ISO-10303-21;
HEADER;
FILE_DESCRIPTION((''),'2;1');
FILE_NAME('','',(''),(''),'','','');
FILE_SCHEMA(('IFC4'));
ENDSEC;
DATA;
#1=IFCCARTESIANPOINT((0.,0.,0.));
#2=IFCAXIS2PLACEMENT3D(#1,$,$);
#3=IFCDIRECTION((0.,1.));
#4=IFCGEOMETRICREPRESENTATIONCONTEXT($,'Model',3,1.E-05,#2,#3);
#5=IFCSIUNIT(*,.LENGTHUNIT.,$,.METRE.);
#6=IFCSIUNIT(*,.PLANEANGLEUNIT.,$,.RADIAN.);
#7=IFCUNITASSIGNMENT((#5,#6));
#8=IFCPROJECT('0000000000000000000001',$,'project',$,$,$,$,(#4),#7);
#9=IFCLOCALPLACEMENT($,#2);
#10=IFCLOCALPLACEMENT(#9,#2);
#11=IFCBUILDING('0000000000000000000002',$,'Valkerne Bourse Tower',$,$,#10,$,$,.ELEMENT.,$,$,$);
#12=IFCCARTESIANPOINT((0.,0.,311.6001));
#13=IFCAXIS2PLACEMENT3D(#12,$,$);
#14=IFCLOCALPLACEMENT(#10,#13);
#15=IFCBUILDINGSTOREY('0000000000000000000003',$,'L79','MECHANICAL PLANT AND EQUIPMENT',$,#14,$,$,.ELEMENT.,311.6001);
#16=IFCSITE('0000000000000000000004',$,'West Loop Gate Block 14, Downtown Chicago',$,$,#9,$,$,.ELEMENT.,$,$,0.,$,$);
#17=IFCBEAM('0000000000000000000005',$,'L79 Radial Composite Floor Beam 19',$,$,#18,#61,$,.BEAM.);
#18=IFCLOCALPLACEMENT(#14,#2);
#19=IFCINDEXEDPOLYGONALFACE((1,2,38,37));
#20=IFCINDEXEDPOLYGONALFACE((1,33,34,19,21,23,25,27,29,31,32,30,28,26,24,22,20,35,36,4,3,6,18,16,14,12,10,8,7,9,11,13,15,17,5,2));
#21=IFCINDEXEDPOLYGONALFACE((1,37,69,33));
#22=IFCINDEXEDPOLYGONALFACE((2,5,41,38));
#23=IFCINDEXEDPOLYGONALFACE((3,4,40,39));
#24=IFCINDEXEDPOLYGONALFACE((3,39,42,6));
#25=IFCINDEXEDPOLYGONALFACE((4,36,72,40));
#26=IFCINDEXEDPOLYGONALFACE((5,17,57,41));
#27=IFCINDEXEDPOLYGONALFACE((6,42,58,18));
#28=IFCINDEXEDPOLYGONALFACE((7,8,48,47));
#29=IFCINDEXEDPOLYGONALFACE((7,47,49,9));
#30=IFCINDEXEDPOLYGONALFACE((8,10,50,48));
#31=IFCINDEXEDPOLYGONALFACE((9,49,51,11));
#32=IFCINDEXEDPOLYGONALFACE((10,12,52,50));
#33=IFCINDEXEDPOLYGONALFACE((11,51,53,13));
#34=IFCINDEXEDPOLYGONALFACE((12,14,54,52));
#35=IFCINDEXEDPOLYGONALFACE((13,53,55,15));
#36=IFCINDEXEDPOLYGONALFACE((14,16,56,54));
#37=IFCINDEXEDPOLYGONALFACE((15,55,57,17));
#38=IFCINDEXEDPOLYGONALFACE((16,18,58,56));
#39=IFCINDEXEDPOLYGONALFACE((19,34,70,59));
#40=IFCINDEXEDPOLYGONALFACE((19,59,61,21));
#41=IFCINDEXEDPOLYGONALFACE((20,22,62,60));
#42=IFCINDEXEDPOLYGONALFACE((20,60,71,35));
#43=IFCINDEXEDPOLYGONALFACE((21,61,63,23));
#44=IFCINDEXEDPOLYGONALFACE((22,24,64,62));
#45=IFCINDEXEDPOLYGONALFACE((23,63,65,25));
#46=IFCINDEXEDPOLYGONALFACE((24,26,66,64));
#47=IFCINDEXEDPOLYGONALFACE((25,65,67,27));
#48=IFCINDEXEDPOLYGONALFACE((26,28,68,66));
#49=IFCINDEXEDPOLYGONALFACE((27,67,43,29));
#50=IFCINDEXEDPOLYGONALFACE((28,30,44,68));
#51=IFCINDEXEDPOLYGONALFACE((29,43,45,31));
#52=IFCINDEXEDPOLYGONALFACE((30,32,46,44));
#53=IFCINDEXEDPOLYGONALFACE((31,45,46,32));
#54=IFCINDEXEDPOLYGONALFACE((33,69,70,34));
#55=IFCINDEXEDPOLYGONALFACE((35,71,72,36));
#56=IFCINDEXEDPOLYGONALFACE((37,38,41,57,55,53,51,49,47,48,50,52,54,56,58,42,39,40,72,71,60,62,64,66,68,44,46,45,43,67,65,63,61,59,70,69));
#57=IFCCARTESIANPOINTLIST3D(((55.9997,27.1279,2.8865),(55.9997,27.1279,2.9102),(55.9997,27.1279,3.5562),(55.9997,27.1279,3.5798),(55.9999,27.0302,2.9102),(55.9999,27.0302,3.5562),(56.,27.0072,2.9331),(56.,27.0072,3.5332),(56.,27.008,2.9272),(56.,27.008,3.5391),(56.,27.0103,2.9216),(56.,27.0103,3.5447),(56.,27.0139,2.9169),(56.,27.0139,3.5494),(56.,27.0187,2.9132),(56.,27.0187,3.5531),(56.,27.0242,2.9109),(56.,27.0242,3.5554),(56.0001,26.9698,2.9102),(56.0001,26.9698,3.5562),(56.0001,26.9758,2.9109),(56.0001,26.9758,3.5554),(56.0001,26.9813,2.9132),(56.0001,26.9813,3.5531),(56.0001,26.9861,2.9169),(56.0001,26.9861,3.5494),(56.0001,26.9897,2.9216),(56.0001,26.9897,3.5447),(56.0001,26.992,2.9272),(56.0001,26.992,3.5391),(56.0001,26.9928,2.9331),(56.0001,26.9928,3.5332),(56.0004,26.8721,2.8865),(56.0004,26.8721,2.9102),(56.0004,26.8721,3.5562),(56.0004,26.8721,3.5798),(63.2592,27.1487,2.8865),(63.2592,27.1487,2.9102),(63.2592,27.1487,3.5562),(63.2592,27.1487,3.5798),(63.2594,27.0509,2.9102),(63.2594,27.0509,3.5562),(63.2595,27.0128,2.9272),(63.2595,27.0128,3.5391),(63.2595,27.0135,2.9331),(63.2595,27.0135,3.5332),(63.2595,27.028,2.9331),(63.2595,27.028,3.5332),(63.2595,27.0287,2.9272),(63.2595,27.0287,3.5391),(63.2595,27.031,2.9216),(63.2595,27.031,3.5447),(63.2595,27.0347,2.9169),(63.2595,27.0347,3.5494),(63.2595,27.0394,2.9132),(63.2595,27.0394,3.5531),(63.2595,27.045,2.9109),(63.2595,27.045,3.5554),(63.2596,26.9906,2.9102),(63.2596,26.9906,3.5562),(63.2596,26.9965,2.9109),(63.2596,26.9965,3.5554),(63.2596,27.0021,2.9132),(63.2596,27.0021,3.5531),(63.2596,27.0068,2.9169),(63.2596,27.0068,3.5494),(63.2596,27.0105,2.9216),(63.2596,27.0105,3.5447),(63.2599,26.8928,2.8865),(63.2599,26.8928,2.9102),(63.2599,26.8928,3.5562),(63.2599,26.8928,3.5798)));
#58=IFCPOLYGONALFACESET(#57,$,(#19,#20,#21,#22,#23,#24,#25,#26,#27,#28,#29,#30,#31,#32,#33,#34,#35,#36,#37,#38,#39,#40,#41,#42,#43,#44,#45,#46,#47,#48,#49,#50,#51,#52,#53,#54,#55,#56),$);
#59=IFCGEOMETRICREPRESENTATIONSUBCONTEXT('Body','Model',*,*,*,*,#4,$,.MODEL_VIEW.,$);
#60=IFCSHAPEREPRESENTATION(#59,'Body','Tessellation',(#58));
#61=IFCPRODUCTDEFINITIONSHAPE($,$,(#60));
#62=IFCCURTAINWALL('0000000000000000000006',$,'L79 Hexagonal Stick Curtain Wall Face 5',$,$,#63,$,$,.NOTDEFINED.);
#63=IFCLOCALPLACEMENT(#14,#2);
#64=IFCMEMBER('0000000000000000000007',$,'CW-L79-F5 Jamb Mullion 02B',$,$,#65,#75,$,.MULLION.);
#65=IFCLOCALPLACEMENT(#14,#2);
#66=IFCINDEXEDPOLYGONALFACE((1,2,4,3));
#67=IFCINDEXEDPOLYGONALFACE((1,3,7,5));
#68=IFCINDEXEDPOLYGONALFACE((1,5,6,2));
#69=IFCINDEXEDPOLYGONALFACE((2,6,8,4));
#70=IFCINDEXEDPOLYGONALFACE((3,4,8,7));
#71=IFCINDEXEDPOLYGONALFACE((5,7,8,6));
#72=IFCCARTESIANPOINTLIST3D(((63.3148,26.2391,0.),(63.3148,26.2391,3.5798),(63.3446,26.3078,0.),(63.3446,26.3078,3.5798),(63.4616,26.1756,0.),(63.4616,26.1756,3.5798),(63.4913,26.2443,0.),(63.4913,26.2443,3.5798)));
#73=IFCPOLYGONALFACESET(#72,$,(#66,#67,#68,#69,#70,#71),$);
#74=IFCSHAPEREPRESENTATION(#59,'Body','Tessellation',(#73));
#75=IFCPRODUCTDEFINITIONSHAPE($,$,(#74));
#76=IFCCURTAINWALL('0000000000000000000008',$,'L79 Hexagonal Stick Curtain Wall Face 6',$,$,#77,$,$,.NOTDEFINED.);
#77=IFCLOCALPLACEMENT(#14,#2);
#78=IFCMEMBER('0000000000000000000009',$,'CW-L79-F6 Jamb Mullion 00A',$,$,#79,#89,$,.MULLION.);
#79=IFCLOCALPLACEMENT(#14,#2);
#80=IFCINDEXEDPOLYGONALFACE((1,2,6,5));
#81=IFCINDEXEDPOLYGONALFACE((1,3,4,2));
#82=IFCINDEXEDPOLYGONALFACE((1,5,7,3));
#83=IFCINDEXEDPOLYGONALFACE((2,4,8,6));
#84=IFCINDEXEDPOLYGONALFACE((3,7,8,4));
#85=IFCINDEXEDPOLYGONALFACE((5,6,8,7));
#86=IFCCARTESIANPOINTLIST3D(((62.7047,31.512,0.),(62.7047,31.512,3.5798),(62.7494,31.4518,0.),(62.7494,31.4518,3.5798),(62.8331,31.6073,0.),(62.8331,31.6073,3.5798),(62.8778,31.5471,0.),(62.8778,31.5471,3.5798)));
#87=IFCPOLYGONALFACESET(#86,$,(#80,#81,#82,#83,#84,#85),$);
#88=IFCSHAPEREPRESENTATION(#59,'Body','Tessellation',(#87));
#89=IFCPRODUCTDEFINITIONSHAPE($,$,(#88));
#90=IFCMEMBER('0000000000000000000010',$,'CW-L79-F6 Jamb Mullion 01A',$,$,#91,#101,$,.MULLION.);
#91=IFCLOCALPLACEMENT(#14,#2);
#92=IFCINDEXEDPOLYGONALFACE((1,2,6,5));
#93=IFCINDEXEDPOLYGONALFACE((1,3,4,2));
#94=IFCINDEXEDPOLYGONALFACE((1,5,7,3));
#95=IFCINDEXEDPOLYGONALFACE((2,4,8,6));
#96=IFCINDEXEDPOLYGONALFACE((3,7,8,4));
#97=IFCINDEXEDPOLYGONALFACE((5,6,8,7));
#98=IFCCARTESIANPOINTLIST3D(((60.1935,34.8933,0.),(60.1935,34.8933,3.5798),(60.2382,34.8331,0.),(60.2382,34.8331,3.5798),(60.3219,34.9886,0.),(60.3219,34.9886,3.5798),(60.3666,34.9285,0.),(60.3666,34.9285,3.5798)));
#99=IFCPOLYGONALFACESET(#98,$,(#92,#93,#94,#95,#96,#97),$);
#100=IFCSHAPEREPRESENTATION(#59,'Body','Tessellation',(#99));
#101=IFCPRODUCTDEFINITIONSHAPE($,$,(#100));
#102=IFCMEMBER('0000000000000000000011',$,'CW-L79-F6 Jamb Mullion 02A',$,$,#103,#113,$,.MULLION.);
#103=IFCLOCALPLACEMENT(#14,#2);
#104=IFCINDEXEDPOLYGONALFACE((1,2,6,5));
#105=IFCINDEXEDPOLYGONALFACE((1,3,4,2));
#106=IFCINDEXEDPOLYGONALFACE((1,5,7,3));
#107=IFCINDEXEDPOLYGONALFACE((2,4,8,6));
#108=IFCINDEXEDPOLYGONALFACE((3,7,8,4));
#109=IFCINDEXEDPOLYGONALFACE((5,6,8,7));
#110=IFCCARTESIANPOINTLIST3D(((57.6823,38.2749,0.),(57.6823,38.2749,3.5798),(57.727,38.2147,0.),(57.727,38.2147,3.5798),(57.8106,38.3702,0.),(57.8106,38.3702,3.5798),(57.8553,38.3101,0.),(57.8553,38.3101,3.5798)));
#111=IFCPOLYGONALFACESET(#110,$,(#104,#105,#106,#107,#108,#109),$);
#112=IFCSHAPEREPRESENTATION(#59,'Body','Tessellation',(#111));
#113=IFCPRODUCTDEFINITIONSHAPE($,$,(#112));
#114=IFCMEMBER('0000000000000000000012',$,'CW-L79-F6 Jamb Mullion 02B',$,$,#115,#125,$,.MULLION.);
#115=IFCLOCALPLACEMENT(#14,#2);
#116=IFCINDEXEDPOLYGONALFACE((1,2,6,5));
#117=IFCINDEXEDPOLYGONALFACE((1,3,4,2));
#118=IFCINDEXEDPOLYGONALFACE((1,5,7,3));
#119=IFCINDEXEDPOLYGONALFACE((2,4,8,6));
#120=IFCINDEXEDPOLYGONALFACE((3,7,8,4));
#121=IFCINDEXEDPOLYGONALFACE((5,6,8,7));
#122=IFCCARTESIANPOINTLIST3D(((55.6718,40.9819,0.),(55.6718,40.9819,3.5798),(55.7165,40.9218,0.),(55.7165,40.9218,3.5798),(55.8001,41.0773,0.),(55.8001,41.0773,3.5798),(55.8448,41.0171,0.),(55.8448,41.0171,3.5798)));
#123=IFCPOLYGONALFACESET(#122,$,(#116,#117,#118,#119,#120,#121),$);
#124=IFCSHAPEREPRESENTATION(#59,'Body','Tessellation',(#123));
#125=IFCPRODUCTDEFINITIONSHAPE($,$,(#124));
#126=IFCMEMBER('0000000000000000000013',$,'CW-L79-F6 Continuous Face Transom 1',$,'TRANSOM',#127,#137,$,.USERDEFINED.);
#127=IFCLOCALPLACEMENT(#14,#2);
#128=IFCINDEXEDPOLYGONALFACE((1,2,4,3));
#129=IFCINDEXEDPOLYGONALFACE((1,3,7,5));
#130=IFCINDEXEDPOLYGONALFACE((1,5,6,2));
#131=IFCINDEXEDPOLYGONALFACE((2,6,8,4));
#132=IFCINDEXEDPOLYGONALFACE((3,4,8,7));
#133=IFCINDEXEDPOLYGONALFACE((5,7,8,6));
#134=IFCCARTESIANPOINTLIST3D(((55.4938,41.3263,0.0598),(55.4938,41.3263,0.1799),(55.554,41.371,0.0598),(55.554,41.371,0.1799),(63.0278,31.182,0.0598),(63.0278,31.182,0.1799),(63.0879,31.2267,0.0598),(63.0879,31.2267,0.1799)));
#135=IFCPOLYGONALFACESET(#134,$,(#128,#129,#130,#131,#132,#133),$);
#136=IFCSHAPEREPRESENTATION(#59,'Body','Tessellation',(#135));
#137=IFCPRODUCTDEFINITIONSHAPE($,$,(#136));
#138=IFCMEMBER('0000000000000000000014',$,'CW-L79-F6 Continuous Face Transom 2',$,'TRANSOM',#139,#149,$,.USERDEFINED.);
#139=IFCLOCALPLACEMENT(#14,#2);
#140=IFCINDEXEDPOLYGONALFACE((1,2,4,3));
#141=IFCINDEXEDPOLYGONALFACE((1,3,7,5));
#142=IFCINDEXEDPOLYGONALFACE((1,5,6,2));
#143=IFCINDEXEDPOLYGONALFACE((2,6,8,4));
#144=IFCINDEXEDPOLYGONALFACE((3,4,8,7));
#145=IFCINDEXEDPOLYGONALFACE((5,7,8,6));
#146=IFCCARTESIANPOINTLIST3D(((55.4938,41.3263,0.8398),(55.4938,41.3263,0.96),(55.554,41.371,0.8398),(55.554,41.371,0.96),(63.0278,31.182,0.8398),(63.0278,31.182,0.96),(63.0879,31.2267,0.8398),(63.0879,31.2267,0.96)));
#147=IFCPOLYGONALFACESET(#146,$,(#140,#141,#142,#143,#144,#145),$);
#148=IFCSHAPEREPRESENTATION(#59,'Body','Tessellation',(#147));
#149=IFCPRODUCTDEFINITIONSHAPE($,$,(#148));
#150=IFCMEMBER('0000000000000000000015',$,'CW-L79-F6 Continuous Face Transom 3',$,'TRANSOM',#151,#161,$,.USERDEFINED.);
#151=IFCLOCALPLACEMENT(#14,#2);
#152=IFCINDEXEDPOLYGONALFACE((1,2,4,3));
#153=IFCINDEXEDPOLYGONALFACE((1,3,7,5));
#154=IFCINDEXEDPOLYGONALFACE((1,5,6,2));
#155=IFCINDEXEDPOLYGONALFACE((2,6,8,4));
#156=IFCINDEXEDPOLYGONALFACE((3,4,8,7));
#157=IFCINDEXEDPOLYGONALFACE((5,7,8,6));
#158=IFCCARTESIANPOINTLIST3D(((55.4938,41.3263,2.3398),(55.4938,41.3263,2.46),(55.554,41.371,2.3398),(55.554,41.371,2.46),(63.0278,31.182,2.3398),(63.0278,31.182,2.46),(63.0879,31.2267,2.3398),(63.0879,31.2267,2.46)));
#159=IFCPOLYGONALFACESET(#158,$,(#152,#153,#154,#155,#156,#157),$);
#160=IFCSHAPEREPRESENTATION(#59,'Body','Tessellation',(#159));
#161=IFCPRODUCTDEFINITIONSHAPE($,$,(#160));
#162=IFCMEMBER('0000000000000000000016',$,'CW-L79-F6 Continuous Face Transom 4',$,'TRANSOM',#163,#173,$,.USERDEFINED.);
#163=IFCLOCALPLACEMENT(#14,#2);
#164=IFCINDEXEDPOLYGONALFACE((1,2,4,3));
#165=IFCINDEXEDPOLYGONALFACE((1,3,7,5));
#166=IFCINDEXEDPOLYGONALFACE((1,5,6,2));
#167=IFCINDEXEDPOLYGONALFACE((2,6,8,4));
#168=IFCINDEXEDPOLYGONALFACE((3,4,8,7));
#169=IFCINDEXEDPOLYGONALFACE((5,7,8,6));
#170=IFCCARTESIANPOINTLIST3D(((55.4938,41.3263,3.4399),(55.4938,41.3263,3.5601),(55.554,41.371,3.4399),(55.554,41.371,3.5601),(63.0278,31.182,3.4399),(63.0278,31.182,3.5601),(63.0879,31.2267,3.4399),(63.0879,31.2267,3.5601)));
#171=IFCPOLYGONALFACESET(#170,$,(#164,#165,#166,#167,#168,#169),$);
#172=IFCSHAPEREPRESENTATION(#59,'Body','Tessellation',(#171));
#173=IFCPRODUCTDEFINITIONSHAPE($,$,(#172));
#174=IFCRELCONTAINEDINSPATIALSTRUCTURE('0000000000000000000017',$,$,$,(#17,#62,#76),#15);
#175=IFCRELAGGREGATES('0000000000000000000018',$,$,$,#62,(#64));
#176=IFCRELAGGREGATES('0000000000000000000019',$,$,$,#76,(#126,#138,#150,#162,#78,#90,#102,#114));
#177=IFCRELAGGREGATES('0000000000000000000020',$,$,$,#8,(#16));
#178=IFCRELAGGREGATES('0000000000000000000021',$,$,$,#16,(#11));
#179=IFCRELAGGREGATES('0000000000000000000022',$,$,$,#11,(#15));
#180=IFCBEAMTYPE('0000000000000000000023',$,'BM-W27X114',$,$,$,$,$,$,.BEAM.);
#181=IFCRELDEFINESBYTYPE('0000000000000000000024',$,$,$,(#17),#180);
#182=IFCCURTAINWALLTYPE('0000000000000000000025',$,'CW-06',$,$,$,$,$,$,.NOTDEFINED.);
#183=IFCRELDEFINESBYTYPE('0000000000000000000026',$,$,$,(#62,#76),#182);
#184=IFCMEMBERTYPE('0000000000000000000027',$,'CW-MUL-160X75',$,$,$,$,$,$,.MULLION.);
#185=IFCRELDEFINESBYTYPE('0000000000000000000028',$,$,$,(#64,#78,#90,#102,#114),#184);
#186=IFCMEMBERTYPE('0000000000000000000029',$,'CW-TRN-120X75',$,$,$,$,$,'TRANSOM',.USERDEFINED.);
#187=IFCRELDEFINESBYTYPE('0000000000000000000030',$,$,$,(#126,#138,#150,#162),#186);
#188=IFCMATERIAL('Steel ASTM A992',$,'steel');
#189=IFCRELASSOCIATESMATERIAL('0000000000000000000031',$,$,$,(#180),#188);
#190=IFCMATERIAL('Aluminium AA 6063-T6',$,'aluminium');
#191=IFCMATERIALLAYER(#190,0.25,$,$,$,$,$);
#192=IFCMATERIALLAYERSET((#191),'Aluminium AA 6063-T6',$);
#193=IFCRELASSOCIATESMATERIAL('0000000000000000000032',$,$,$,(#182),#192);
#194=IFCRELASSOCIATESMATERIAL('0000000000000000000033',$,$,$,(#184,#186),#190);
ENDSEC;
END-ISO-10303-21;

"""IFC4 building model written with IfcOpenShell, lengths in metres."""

from ifc_helpers import new_model, si_unit, direction, frame, origin, origin_2d, place, context, subcontext, project, spatial, rectangle, i_section, extrude, material, layer, layer_set, material_profile, profile_set, type_object, element, aggregate, save


model = new_model("IFC4")

# Units and contexts
model_context = context("Model", 3, precision=1e-05, world=origin(), true_north=direction((0.0, 1.0)))
body_context = subcontext(model_context, "Body", "Model", "MODEL_VIEW")
ifc_project = project(units=[si_unit("LENGTHUNIT", "METRE"), si_unit("PLANEANGLEUNIT", "RADIAN")], contexts=[model_context])

# Site, building, storey
site_placement = place(None, origin())
site = spatial("IfcSite", under=ifc_project, at=site_placement, Name="West Loop Gate Block 14, Downtown Chicago", CompositionType="ELEMENT", RefElevation=0.0)
building_placement = place(site_placement, origin())
building = spatial("IfcBuilding", under=site, at=building_placement, Name="Valkerne Bourse Tower", CompositionType="ELEMENT")
storey_placement = place(building_placement, frame((0.0, 0.0, 311.6001)))
storey = spatial("IfcBuildingStorey", under=building, at=storey_placement, Name="L79", Description="MECHANICAL PLANT AND EQUIPMENT", CompositionType="ELEMENT", Elevation=311.6001)

# Beam
ifc_material_1 = material(Name="Steel ASTM A992", Category="steel")
ifc_material_profile_1 = material_profile(ifc_material_1, i_section(OverallWidth=0.2559, OverallDepth=0.6934, WebThickness=0.0144, FlangeThickness=0.0237, FilletRadius=0.0229, at=origin_2d()), Name="W27X114")
ifc_profile_set_1 = profile_set([ifc_material_profile_1], Name="Steel ASTM A992")
beam_type_1 = type_object("IfcBeamType", Name="BM-W27X114", PredefinedType="BEAM", material=ifc_profile_set_1)
beam_1_placement = place(storey_placement, frame((63.2595, 27.0208, 3.2332), z_axis=(-0.999996, -0.002859, 0.0), x_axis=(0.002859, -0.999996, 0.0)))
element("IfcBeam", 1, at=beam_1_placement, inside=storey, type_object=beam_type_1, Name="L79 Radial Composite Floor Beam 19", PredefinedType="BEAM", context=body_context, shape_type="SweptSolid", body=[
    extrude(i_section(OverallWidth=0.2559, OverallDepth=0.6934, WebThickness=0.0144, FlangeThickness=0.0237, FilletRadius=0.0229, at=origin_2d()), origin(), (0.0, 0.0, 1.0), 7.2595),
])

# Curtain wall, member
ifc_material_2 = material(Name="Aluminium AA 6063-T6", Category="aluminium")
ifc_layer_1 = layer(ifc_material_2, 0.25)
ifc_layer_set_1 = layer_set([ifc_layer_1], Name="Aluminium AA 6063-T6")
curtain_wall_type = type_object("IfcCurtainWallType", Name="CW-06", PredefinedType="NOTDEFINED", material=ifc_layer_set_1)
curtain_wall_1_placement = place(storey_placement, origin())
curtain_wall_1 = element("IfcCurtainWall", 2, at=curtain_wall_1_placement, inside=storey, type_object=curtain_wall_type, Name="L79 Hexagonal Stick Curtain Wall Face 5", PredefinedType="NOTDEFINED")
ifc_material_profile_2 = material_profile(ifc_material_2, rectangle(XDim=0.075, YDim=0.1599, at=origin_2d()), Name="CWM-75X160")
ifc_profile_set_2 = profile_set([ifc_material_profile_2], Name="Aluminium AA 6063-T6")
member_type_1 = type_object("IfcMemberType", Name="CW-MUL-160X75", PredefinedType="MULLION", material=ifc_profile_set_2)
member_1_placement = place(storey_placement, frame((63.4031, 26.2417, 0.0), z_axis=(0.0, 0.0, 1.0), x_axis=(0.397149, 0.917754, 0.0)))
member_1 = element("IfcMember", 3, at=member_1_placement, type_object=member_type_1, Name="CW-L79-F5 Jamb Mullion 02B", PredefinedType="MULLION", context=body_context, shape_type="SweptSolid", body=[
    extrude(rectangle(XDim=0.075, YDim=0.1599, at=origin_2d()), origin(), (0.0, 0.0, 1.0), 3.5798),
])
aggregate(curtain_wall_1, [member_1])

# Curtain wall, members
curtain_wall_2_placement = place(storey_placement, origin())
curtain_wall_2 = element("IfcCurtainWall", 4, at=curtain_wall_2_placement, inside=storey, type_object=curtain_wall_type, Name="L79 Hexagonal Stick Curtain Wall Face 6", PredefinedType="NOTDEFINED")
member_2_placement = place(storey_placement, frame((62.7913, 31.5295, 0.0), z_axis=(0.0, 0.0, 1.0), x_axis=(-0.596233, 0.802812, 0.0)))
member_2 = element("IfcMember", 5, at=member_2_placement, type_object=member_type_1, Name="CW-L79-F6 Jamb Mullion 00A", PredefinedType="MULLION", context=body_context, shape_type="SweptSolid", body=[
    extrude(rectangle(XDim=0.075, YDim=0.1599, at=origin_2d()), origin(), (0.0, 0.0, 1.0), 3.5798),
])
member_3_placement = place(storey_placement, frame((60.28, 34.9109, 0.0), z_axis=(0.0, 0.0, 1.0), x_axis=(-0.596221, 0.80282, 0.0)))
member_3 = element("IfcMember", 6, at=member_3_placement, type_object=member_type_1, Name="CW-L79-F6 Jamb Mullion 01A", PredefinedType="MULLION", context=body_context, shape_type="SweptSolid", body=[
    extrude(rectangle(XDim=0.075, YDim=0.1599, at=origin_2d()), origin(), (0.0, 0.0, 1.0), 3.5798),
])
member_4_placement = place(storey_placement, frame((57.7688, 38.2925, 0.0), z_axis=(0.0, 0.0, 1.0), x_axis=(-0.596221, 0.80282, 0.0)))
member_4 = element("IfcMember", 7, at=member_4_placement, type_object=member_type_1, Name="CW-L79-F6 Jamb Mullion 02A", PredefinedType="MULLION", context=body_context, shape_type="SweptSolid", body=[
    extrude(rectangle(XDim=0.075, YDim=0.1599, at=origin_2d()), origin(), (0.0, 0.0, 1.0), 3.5798),
])
member_5_placement = place(storey_placement, frame((55.7583, 40.9995, 0.0), z_axis=(0.0, 0.0, 1.0), x_axis=(-0.596221, 0.80282, 0.0)))
member_5 = element("IfcMember", 8, at=member_5_placement, type_object=member_type_1, Name="CW-L79-F6 Jamb Mullion 02B", PredefinedType="MULLION", context=body_context, shape_type="SweptSolid", body=[
    extrude(rectangle(XDim=0.075, YDim=0.1599, at=origin_2d()), origin(), (0.0, 0.0, 1.0), 3.5798),
])
ifc_material_profile_3 = material_profile(ifc_material_2, rectangle(XDim=0.075, YDim=0.1201, at=origin_2d()), Name="CWT-75X120")
ifc_profile_set_3 = profile_set([ifc_material_profile_3], Name="Aluminium AA 6063-T6")
member_type_2 = type_object("IfcMemberType", Name="CW-TRN-120X75", ElementType="TRANSOM", PredefinedType="USERDEFINED", material=ifc_profile_set_3)
member_6_placement = place(storey_placement, frame((63.0579, 31.2043, 0.1199), z_axis=(-0.596231, 0.802813, 0.0), x_axis=(-0.802813, -0.596231, 0.0)))
member_6 = element("IfcMember", 9, at=member_6_placement, type_object=member_type_2, Name="CW-L79-F6 Continuous Face Transom 1", ObjectType="TRANSOM", PredefinedType="USERDEFINED", context=body_context, shape_type="SweptSolid", body=[
    extrude(rectangle(XDim=0.075, YDim=0.1201, at=origin_2d()), origin(), (0.0, 0.0, 1.0), 12.636),
])
member_7_placement = place(storey_placement, frame((63.0579, 31.2043, 0.8999), z_axis=(-0.596231, 0.802813, 0.0), x_axis=(-0.802813, -0.596231, 0.0)))
member_7 = element("IfcMember", 10, at=member_7_placement, type_object=member_type_2, Name="CW-L79-F6 Continuous Face Transom 2", ObjectType="TRANSOM", PredefinedType="USERDEFINED", context=body_context, shape_type="SweptSolid", body=[
    extrude(rectangle(XDim=0.075, YDim=0.1201, at=origin_2d()), origin(), (0.0, 0.0, 1.0), 12.636),
])
member_8_placement = place(storey_placement, frame((63.0579, 31.2043, 2.3999), z_axis=(-0.596231, 0.802813, 0.0), x_axis=(-0.802813, -0.596231, 0.0)))
member_8 = element("IfcMember", 11, at=member_8_placement, type_object=member_type_2, Name="CW-L79-F6 Continuous Face Transom 3", ObjectType="TRANSOM", PredefinedType="USERDEFINED", context=body_context, shape_type="SweptSolid", body=[
    extrude(rectangle(XDim=0.075, YDim=0.1201, at=origin_2d()), origin(), (0.0, 0.0, 1.0), 12.636),
])
member_9_placement = place(storey_placement, frame((63.0579, 31.2043, 3.5), z_axis=(-0.596231, 0.802813, 0.0), x_axis=(-0.802813, -0.596231, 0.0)))
member_9 = element("IfcMember", 12, at=member_9_placement, type_object=member_type_2, Name="CW-L79-F6 Continuous Face Transom 4", ObjectType="TRANSOM", PredefinedType="USERDEFINED", context=body_context, shape_type="SweptSolid", body=[
    extrude(rectangle(XDim=0.075, YDim=0.1201, at=origin_2d()), origin(), (0.0, 0.0, 1.0), 12.636),
])

aggregate(curtain_wall_2, [member_6, member_7, member_8, member_9, member_2, member_3, member_4, member_5])

save(model, "model.ifc")
